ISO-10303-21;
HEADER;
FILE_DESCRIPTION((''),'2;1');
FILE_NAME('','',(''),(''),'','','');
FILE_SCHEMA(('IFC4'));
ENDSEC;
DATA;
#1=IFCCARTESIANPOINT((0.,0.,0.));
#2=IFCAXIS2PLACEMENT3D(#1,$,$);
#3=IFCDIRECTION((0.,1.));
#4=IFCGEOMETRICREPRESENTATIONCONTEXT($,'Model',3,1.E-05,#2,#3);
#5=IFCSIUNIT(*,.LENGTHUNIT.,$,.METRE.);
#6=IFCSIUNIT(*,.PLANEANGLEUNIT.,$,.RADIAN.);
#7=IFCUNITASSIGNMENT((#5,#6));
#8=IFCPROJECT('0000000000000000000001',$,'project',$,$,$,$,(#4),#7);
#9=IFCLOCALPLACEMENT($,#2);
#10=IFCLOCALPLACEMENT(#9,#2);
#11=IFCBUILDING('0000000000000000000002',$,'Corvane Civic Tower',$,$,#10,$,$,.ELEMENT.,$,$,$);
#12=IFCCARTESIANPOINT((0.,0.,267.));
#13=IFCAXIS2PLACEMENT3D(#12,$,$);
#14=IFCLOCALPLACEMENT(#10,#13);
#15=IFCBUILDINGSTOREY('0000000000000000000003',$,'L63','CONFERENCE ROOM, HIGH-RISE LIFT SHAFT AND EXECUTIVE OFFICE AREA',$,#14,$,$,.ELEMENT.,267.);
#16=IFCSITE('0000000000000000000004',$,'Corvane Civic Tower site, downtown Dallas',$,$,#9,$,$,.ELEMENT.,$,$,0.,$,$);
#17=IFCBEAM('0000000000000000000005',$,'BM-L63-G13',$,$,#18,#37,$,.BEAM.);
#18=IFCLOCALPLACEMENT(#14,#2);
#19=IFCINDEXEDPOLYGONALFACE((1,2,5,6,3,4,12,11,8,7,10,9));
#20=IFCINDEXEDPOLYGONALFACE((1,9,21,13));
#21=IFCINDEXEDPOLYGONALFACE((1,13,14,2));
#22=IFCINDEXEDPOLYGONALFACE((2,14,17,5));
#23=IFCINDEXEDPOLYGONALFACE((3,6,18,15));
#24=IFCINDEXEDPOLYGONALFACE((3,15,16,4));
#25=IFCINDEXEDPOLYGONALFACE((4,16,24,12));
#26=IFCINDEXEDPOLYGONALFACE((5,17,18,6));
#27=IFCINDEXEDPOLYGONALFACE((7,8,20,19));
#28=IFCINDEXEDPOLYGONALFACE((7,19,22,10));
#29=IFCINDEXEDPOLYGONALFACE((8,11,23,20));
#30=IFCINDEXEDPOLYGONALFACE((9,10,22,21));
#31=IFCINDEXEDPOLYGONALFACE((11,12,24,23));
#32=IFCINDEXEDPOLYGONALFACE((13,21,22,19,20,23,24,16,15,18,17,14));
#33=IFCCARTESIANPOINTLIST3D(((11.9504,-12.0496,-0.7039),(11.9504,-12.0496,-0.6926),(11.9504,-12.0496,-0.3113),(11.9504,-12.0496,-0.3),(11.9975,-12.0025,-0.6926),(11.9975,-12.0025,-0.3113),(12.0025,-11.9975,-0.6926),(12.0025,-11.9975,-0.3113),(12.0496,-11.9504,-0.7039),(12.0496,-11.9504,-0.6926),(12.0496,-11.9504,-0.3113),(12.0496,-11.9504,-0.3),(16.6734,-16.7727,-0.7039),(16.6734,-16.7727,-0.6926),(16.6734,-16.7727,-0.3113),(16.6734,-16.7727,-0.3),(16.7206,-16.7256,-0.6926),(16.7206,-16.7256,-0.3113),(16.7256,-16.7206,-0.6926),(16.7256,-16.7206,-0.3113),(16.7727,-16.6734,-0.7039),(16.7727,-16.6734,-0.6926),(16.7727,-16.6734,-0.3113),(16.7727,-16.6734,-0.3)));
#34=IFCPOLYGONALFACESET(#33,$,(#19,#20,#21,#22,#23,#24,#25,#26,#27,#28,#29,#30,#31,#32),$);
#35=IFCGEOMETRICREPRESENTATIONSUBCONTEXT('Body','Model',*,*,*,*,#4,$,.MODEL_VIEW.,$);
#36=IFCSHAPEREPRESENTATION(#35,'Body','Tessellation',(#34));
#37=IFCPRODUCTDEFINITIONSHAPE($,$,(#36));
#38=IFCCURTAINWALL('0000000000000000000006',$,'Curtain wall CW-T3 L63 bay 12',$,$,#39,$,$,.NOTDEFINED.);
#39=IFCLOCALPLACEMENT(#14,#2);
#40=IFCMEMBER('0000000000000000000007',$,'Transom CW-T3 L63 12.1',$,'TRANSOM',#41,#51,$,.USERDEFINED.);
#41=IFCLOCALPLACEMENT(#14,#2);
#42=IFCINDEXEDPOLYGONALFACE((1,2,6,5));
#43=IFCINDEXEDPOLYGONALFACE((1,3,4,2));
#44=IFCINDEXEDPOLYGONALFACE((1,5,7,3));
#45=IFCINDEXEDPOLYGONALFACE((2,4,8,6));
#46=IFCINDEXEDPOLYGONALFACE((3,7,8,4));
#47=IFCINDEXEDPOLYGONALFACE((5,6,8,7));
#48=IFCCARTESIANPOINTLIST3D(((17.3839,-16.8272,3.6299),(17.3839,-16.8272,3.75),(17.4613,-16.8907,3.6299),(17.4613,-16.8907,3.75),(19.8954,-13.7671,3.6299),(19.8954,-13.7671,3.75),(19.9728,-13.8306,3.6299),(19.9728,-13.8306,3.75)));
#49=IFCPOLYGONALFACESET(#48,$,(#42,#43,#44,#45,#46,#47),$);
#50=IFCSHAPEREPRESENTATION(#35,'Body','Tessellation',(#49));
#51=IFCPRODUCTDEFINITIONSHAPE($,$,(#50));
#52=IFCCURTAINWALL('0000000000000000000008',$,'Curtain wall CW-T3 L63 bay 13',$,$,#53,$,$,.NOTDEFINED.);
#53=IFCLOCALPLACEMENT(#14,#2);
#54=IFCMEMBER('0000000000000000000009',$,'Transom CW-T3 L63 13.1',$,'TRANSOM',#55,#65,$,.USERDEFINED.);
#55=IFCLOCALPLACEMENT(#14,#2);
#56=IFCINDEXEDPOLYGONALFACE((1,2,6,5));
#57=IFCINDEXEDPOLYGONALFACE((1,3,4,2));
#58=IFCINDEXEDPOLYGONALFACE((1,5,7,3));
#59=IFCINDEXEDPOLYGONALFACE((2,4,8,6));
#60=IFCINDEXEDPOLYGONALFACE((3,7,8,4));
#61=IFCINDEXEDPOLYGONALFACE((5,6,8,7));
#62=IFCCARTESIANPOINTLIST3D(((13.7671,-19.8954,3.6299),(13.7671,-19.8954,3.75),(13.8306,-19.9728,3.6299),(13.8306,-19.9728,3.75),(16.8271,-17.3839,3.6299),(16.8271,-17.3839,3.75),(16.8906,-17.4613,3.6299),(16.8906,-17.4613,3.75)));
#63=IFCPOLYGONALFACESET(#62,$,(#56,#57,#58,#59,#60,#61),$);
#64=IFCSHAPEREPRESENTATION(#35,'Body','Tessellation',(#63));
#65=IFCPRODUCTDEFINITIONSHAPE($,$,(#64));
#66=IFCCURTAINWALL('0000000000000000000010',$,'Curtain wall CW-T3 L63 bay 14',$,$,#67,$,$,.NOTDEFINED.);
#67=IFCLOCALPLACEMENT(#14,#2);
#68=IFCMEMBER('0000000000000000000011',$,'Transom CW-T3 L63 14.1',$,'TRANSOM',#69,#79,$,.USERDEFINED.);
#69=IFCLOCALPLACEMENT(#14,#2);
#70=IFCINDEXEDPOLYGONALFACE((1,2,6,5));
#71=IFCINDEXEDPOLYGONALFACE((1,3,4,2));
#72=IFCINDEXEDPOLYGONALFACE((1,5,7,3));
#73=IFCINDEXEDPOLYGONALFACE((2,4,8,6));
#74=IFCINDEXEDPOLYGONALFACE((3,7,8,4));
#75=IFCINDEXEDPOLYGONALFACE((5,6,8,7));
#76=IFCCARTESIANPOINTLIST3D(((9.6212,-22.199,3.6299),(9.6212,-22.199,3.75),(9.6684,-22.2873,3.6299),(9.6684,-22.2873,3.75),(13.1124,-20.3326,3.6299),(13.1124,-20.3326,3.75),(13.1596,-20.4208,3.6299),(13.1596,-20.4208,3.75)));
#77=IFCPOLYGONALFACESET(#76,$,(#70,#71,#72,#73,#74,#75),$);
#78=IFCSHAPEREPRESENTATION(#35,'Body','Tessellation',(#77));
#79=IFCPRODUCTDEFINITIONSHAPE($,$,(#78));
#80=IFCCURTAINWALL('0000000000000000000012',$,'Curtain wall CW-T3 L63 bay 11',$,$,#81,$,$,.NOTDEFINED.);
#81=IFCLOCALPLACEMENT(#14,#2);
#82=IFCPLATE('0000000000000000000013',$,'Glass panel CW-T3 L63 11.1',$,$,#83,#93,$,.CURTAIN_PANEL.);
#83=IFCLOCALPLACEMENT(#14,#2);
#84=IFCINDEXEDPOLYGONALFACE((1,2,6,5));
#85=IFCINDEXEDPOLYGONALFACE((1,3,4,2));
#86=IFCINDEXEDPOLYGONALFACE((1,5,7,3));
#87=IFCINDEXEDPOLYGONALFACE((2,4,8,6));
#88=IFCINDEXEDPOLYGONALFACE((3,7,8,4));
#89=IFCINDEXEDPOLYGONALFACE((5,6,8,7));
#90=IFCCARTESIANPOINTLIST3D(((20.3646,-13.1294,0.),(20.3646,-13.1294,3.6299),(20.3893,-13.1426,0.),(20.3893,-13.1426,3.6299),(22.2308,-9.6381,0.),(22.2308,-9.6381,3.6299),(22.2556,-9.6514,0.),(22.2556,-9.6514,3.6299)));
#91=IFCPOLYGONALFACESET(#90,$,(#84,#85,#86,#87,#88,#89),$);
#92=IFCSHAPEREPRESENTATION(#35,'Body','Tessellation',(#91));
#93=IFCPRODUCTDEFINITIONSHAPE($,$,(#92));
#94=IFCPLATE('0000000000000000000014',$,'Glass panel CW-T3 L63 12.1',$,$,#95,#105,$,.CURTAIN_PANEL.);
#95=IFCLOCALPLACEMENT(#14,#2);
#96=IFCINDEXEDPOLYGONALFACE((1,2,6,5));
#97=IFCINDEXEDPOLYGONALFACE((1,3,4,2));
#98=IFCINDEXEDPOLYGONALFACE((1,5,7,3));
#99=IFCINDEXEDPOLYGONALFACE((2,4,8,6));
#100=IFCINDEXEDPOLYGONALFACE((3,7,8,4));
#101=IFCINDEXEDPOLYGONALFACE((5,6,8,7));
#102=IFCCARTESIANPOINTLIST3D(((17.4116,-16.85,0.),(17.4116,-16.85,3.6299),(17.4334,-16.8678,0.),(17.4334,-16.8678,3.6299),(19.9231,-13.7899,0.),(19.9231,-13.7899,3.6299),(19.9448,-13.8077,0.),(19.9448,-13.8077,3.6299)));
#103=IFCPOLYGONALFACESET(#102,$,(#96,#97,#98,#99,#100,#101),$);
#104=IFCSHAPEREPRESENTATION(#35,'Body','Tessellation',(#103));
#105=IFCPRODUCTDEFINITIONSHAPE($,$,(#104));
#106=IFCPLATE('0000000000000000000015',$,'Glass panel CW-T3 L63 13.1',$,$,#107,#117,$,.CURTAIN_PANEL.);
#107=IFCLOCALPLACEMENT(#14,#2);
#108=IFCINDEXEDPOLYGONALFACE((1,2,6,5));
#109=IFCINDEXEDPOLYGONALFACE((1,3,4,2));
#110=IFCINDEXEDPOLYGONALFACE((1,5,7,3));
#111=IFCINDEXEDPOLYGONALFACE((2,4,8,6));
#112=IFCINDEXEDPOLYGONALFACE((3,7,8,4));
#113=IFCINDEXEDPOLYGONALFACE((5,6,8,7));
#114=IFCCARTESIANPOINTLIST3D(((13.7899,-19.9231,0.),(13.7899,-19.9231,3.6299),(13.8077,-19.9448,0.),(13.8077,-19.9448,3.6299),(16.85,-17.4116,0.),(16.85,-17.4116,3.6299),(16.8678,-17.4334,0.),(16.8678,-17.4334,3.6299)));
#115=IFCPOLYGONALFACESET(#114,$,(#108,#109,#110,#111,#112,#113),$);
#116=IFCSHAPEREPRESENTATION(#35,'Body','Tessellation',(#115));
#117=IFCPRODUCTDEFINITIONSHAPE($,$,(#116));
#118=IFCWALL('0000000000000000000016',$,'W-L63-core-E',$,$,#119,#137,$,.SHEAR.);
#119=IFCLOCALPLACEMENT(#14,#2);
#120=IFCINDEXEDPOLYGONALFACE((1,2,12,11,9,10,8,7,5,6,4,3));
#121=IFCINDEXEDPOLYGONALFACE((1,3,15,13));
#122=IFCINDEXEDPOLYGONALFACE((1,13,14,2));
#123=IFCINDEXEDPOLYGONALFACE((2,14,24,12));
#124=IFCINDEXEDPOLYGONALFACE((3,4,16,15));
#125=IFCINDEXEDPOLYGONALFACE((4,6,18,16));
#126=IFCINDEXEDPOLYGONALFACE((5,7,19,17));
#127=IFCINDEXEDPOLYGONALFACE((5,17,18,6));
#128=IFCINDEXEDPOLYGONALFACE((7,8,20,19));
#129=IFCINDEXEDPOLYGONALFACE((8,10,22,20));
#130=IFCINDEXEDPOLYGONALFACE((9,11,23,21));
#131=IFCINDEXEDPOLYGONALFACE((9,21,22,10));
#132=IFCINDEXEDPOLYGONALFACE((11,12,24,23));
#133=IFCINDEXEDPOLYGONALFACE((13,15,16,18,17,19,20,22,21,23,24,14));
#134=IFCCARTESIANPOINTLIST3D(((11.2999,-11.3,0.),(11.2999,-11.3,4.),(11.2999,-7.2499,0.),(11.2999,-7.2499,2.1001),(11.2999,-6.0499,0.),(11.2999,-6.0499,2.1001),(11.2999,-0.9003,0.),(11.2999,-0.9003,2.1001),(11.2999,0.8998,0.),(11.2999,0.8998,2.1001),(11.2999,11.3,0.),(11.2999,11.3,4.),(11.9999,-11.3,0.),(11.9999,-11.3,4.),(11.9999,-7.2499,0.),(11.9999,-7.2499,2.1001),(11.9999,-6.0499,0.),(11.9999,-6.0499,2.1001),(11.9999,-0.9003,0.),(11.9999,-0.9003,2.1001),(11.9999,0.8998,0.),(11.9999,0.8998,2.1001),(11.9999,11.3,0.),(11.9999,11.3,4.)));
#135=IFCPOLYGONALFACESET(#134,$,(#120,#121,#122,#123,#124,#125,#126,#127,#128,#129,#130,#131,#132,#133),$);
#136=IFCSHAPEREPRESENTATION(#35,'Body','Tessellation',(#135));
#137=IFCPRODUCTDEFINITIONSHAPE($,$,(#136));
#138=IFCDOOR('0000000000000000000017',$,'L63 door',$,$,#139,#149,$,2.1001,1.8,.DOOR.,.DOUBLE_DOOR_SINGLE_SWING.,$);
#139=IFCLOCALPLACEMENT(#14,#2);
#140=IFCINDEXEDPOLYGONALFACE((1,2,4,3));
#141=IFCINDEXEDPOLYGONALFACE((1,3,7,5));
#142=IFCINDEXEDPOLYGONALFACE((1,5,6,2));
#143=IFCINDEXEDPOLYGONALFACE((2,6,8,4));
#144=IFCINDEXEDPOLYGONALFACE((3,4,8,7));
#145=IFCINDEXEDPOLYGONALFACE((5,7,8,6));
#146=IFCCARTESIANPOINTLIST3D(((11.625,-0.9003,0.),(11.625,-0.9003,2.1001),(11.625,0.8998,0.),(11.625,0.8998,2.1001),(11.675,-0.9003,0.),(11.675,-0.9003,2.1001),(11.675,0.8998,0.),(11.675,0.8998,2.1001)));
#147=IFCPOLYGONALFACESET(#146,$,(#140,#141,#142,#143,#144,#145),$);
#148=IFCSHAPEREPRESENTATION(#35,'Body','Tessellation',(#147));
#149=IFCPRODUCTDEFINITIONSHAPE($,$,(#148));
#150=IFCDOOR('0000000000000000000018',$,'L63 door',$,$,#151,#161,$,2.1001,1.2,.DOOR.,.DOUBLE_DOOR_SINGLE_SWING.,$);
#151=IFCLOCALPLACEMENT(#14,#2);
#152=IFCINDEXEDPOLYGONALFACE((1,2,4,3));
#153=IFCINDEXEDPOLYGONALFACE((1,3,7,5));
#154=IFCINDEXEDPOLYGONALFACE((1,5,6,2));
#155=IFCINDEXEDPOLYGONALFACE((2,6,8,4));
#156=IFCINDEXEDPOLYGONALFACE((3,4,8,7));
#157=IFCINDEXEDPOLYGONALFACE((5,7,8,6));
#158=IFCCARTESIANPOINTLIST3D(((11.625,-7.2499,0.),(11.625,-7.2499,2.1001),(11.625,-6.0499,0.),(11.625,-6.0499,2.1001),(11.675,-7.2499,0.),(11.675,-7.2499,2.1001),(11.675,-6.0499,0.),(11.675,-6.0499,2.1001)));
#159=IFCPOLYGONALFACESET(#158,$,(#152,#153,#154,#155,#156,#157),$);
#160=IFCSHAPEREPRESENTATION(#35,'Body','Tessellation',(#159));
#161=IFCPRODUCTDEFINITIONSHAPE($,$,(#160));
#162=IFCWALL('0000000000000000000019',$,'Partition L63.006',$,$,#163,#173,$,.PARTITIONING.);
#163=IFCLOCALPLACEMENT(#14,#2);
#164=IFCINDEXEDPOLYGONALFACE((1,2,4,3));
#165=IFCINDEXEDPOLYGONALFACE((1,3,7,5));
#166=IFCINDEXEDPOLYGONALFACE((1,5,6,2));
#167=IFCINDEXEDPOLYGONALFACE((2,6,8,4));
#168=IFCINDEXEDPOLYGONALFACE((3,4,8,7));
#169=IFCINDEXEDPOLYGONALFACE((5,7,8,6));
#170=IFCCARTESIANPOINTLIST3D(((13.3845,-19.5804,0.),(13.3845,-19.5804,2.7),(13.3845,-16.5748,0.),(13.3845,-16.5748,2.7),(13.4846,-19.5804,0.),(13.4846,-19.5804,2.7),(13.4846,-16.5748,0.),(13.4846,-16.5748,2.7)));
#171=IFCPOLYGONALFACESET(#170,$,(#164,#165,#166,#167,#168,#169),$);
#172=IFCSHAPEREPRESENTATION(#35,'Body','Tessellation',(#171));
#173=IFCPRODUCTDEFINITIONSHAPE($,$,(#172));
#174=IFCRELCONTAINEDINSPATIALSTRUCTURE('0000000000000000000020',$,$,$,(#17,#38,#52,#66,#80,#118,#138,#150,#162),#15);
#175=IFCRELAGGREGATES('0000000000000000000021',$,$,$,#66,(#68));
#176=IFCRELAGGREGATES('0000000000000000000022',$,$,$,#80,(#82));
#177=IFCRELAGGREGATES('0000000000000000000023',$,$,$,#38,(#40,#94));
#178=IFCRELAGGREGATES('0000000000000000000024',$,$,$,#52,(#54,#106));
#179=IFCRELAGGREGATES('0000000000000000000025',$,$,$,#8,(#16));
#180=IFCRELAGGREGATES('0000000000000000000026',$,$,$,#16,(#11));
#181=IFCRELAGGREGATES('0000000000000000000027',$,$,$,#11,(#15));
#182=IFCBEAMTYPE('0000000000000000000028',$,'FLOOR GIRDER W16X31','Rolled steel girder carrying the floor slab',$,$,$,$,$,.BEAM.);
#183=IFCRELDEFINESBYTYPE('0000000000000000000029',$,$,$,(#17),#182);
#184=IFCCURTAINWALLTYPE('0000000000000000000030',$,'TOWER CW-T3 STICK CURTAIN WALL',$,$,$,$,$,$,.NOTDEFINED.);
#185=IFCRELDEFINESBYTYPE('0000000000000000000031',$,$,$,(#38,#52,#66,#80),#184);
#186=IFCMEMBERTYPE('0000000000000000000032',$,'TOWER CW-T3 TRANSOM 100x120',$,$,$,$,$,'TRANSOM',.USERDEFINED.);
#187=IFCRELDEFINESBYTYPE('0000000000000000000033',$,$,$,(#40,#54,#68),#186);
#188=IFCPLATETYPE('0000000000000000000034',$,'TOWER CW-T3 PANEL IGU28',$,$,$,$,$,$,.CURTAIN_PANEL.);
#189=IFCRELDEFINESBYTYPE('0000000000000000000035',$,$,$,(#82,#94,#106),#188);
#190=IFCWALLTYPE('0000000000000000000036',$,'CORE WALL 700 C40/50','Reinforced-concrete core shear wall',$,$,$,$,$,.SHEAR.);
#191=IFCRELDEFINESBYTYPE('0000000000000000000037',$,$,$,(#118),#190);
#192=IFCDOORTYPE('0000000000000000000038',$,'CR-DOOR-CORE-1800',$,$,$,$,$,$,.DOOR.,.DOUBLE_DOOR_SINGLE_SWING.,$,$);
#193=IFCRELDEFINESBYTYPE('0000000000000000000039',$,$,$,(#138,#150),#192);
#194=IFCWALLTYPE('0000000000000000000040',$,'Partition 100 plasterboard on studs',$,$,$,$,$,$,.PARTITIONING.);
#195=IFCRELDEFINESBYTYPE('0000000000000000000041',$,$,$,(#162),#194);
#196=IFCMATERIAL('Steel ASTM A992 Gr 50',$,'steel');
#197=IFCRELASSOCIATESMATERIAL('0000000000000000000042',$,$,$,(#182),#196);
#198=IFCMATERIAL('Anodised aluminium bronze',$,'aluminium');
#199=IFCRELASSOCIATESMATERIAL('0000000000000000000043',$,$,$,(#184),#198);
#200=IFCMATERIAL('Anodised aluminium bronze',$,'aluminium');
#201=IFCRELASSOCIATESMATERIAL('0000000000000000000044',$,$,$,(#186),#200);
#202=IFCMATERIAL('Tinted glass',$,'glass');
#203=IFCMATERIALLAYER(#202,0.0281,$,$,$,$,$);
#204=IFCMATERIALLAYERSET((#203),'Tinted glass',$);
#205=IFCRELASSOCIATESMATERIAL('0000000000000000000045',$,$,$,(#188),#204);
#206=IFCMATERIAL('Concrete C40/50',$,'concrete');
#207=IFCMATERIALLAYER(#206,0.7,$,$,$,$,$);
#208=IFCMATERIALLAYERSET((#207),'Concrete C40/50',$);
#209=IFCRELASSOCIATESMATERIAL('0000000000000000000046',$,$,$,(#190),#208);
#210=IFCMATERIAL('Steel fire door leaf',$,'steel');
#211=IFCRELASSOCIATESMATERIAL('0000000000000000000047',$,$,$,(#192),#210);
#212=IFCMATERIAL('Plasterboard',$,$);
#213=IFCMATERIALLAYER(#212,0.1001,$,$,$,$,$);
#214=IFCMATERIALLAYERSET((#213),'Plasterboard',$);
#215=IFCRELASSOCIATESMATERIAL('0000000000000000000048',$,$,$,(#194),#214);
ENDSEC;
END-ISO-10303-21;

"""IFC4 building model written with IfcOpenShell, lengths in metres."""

from ifc_helpers import new_model, si_unit, direction, frame, frame_2d, origin, origin_2d, place, context, subcontext, project, spatial, rectangle, i_section, extrude, material, layer, layer_set, material_profile, profile_set, type_object, element, fill, aggregate, save


model = new_model("IFC4")

# Units and contexts
model_context = context("Model", 3, precision=1e-05, world=origin(), true_north=direction((0.0, 1.0)))
body_context = subcontext(model_context, "Body", "Model", "MODEL_VIEW")
ifc_project = project(units=[si_unit("LENGTHUNIT", "METRE"), si_unit("PLANEANGLEUNIT", "RADIAN")], contexts=[model_context])

# Site, building, storey
site_placement = place(None, origin())
site = spatial("IfcSite", under=ifc_project, at=site_placement, Name="Corvane Civic Tower site, downtown Dallas", CompositionType="ELEMENT", RefElevation=0.0)
building_placement = place(site_placement, origin())
building = spatial("IfcBuilding", under=site, at=building_placement, Name="Corvane Civic Tower", CompositionType="ELEMENT")
storey_placement = place(building_placement, frame((0.0, 0.0, 267.0)))
storey = spatial("IfcBuildingStorey", under=building, at=storey_placement, Name="L63", Description="CONFERENCE ROOM, HIGH-RISE LIFT SHAFT AND EXECUTIVE OFFICE AREA", CompositionType="ELEMENT", Elevation=267.0)

# Beam
ifc_material_1 = material(Name="Steel ASTM A992 Gr 50", Category="steel")
ifc_material_profile_1 = material_profile(ifc_material_1, i_section(OverallWidth=0.1404, OverallDepth=0.4038, WebThickness=0.0071, FlangeThickness=0.0112, at=origin_2d()), Name="W16X31")
ifc_profile_set_1 = profile_set([ifc_material_profile_1], Name="Steel ASTM A992 Gr 50")
beam_type_1 = type_object("IfcBeamType", Name="FLOOR GIRDER W16X31", Description="Rolled steel girder carrying the floor slab", PredefinedType="BEAM", material=ifc_profile_set_1)
beam_1_placement = place(storey_placement, frame((12.0, -12.0, -0.502), z_axis=(0.707107, -0.707107, 0.0), x_axis=(0.707107, 0.707107, 0.0)))
element("IfcBeam", 1, at=beam_1_placement, inside=storey, type_object=beam_type_1, Name="BM-L63-G13", PredefinedType="BEAM", context=body_context, shape_type="SweptSolid", body=[
    extrude(i_section(OverallWidth=0.1404, OverallDepth=0.4038, WebThickness=0.0071, FlangeThickness=0.0112, at=origin_2d()), origin(), (0.0, 0.0, 1.0), 6.6794),
])

# Curtain walls, members
ifc_material_2 = material(Name="Anodised aluminium bronze", Category="aluminium")
curtain_wall_type = type_object("IfcCurtainWallType", Name="TOWER CW-T3 STICK CURTAIN WALL", PredefinedType="NOTDEFINED", material=ifc_material_2)
curtain_wall_1_placement = place(storey_placement, origin())
curtain_wall_1 = element("IfcCurtainWall", 2, at=curtain_wall_1_placement, inside=storey, type_object=curtain_wall_type, Name="Curtain wall CW-T3 L63 bay 12", PredefinedType="NOTDEFINED")
ifc_material_3 = material(Name="Anodised aluminium bronze", Category="aluminium")
ifc_material_profile_2 = material_profile(ifc_material_3, rectangle(XDim=0.1001, YDim=0.1201, at=origin_2d()), Name="TOWER CW-T3 TRANSOM 100x120")
ifc_profile_set_2 = profile_set([ifc_material_profile_2], Name="Anodised aluminium bronze")
member_type = type_object("IfcMemberType", Name="TOWER CW-T3 TRANSOM 100x120", ElementType="TRANSOM", PredefinedType="USERDEFINED", material=ifc_profile_set_2)
member_1_placement = place(storey_placement, frame((19.9341, -13.7988, 3.6899), z_axis=(-0.634416, -0.772992, 0.0), x_axis=(0.772992, -0.634416, 0.0)))
member_1 = element("IfcMember", 3, at=member_1_placement, type_object=member_type, Name="Transom CW-T3 L63 12.1", ObjectType="TRANSOM", PredefinedType="USERDEFINED", context=body_context, shape_type="SweptSolid", body=[
    extrude(rectangle(XDim=0.1001, YDim=0.1201, at=origin_2d()), origin(), (0.0, 0.0, 1.0), 3.9587),
])
curtain_wall_2_placement = place(storey_placement, origin())
curtain_wall_2 = element("IfcCurtainWall", 4, at=curtain_wall_2_placement, inside=storey, type_object=curtain_wall_type, Name="Curtain wall CW-T3 L63 bay 13", PredefinedType="NOTDEFINED")
member_2_placement = place(storey_placement, frame((16.8589, -17.4226, 3.6899), z_axis=(-0.772992, -0.634416, 0.0), x_axis=(0.634416, -0.772992, 0.0)))
member_2 = element("IfcMember", 5, at=member_2_placement, type_object=member_type, Name="Transom CW-T3 L63 13.1", ObjectType="TRANSOM", PredefinedType="USERDEFINED", context=body_context, shape_type="SweptSolid", body=[
    extrude(rectangle(XDim=0.1001, YDim=0.1201, at=origin_2d()), origin(), (0.0, 0.0, 1.0), 3.9587),
])
curtain_wall_3_placement = place(storey_placement, origin())
curtain_wall_3 = element("IfcCurtainWall", 6, at=curtain_wall_3_placement, inside=storey, type_object=curtain_wall_type, Name="Curtain wall CW-T3 L63 bay 14", PredefinedType="NOTDEFINED")
member_3_placement = place(storey_placement, frame((13.136, -20.3767, 3.6899), z_axis=(-0.881883, -0.471468, 0.0), x_axis=(0.471468, -0.881883, 0.0)))
member_3 = element("IfcMember", 7, at=member_3_placement, type_object=member_type, Name="Transom CW-T3 L63 14.1", ObjectType="TRANSOM", PredefinedType="USERDEFINED", context=body_context, shape_type="SweptSolid", body=[
    extrude(rectangle(XDim=0.1001, YDim=0.1201, at=origin_2d()), origin(), (0.0, 0.0, 1.0), 3.9587),
])
aggregate(curtain_wall_3, [member_3])

# Curtain wall, plate
curtain_wall_4_placement = place(storey_placement, origin())
curtain_wall_4 = element("IfcCurtainWall", 8, at=curtain_wall_4_placement, inside=storey, type_object=curtain_wall_type, Name="Curtain wall CW-T3 L63 bay 11", PredefinedType="NOTDEFINED")
ifc_material_4 = material(Name="Tinted glass", Category="glass")
ifc_layer_1 = layer(ifc_material_4, 0.0281)
ifc_layer_set_1 = layer_set([ifc_layer_1], Name="Tinted glass")
plate_type = type_object("IfcPlateType", Name="TOWER CW-T3 PANEL IGU28", PredefinedType="CURTAIN_PANEL", material=ifc_layer_set_1)
plate_1_placement = place(storey_placement, frame((21.3101, -11.3904, 0.0), z_axis=(0.0, 0.0, 1.0), x_axis=(-0.471421, -0.881908, 0.0)))
plate_1 = element("IfcPlate", 9, at=plate_1_placement, type_object=plate_type, Name="Glass panel CW-T3 L63 11.1", PredefinedType="CURTAIN_PANEL", context=body_context, shape_type="SweptSolid", body=[
    extrude(rectangle(XDim=3.9587, YDim=0.0281, at=origin_2d()), origin(), (0.0, 0.0, 1.0), 3.6299),
])
aggregate(curtain_wall_4, [plate_1])

# Plates
plate_2_placement = place(storey_placement, frame((18.6782, -15.3289, 0.0), z_axis=(0.0, 0.0, 1.0), x_axis=(-0.634405, -0.773001, 0.0)))
plate_2 = element("IfcPlate", 10, at=plate_2_placement, type_object=plate_type, Name="Glass panel CW-T3 L63 12.1", PredefinedType="CURTAIN_PANEL", context=body_context, shape_type="SweptSolid", body=[
    extrude(rectangle(XDim=3.9587, YDim=0.0281, at=origin_2d()), origin(), (0.0, 0.0, 1.0), 3.6299),
])
aggregate(curtain_wall_1, [member_1, plate_2])
plate_3_placement = place(storey_placement, frame((15.3289, -18.6782, 0.0), z_axis=(0.0, 0.0, 1.0), x_axis=(-0.773001, -0.634405, 0.0)))
plate_3 = element("IfcPlate", 11, at=plate_3_placement, type_object=plate_type, Name="Glass panel CW-T3 L63 13.1", PredefinedType="CURTAIN_PANEL", context=body_context, shape_type="SweptSolid", body=[
    extrude(rectangle(XDim=3.9587, YDim=0.0281, at=origin_2d()), origin(), (0.0, 0.0, 1.0), 3.6299),
])
aggregate(curtain_wall_2, [member_2, plate_3])

# Wall, openings, doors
ifc_material_5 = material(Name="Concrete C40/50", Category="concrete")
ifc_layer_2 = layer(ifc_material_5, 0.7)
ifc_layer_set_2 = layer_set([ifc_layer_2], Name="Concrete C40/50")
wall_type_1 = type_object("IfcWallType", Name="CORE WALL 700 C40/50", Description="Reinforced-concrete core shear wall", PredefinedType="SHEAR", material=ifc_layer_set_2)
wall_1_placement = place(storey_placement, frame((11.6499, -11.3, 0.0), z_axis=(0.0, 0.0, 1.0), x_axis=(0.0, 1.0, 0.0)))
wall_1 = element("IfcWall", 12, at=wall_1_placement, inside=storey, type_object=wall_type_1, Name="W-L63-core-E", PredefinedType="SHEAR", context=body_context, shape_type="SweptSolid", body=[
    extrude(rectangle(XDim=22.6001, YDim=0.7, at=frame_2d((11.3, 0.0))), origin(), (0.0, 0.0, 1.0), 4.0),
])
opening_1_placement = place(wall_1_placement, frame((10.3999, 0.0, 0.0)))
opening_1 = element("IfcOpeningElement", 13, at=opening_1_placement, cuts=wall_1, PredefinedType="OPENING", context=body_context, shape_type="SweptSolid", body=[
    extrude(rectangle(XDim=1.8, YDim=2.1001, at=frame_2d((0.8999, 1.05))), frame((0.0, 0.3599, 0.0), z_axis=(0.0, -1.0, 0.0), x_axis=(1.0, 0.0, 0.0)), (0.0, 0.0, 1.0), 0.72),
])
opening_2_placement = place(wall_1_placement, frame((4.05, 0.0, 0.0)))
opening_2 = element("IfcOpeningElement", 14, at=opening_2_placement, cuts=wall_1, PredefinedType="OPENING", context=body_context, shape_type="SweptSolid", body=[
    extrude(rectangle(XDim=1.2, YDim=2.1001, at=frame_2d((0.6001, 1.05))), frame((0.0, 0.3599, 0.0), z_axis=(0.0, -1.0, 0.0), x_axis=(1.0, 0.0, 0.0)), (0.0, 0.0, 1.0), 0.72),
])
ifc_material_6 = material(Name="Steel fire door leaf", Category="steel")
door_type_1 = type_object("IfcDoorType", Name="CR-DOOR-CORE-1800", OperationType="DOUBLE_DOOR_SINGLE_SWING", PredefinedType="DOOR", material=ifc_material_6)
door_1_placement = place(opening_1_placement, origin())
door_1 = element("IfcDoor", 15, at=door_1_placement, inside=storey, type_object=door_type_1, Name="L63 door", OperationType="DOUBLE_DOOR_SINGLE_SWING", OverallHeight=2.1001, OverallWidth=1.8, PredefinedType="DOOR", context=body_context, shape_type="SweptSolid", body=[
    extrude(rectangle(XDim=1.8, YDim=2.1001, at=frame_2d((0.8999, 1.05))), frame((0.0, 0.0249, 0.0), z_axis=(0.0, -1.0, 0.0), x_axis=(1.0, 0.0, 0.0)), (0.0, 0.0, 1.0), 0.05),
])
fill(opening_1, door_1)
door_2_placement = place(opening_2_placement, origin())
door_2 = element("IfcDoor", 16, at=door_2_placement, inside=storey, type_object=door_type_1, Name="L63 door", OperationType="DOUBLE_DOOR_SINGLE_SWING", OverallHeight=2.1001, OverallWidth=1.2, PredefinedType="DOOR", context=body_context, shape_type="SweptSolid", body=[
    extrude(rectangle(XDim=1.2, YDim=2.1001, at=frame_2d((0.6001, 1.05))), frame((0.0, 0.0249, 0.0), z_axis=(0.0, -1.0, 0.0), x_axis=(1.0, 0.0, 0.0)), (0.0, 0.0, 1.0), 0.05),
])
fill(opening_2, door_2)

# Wall
ifc_material_7 = material(Name="Plasterboard")
ifc_layer_3 = layer(ifc_material_7, 0.1001)
ifc_layer_set_3 = layer_set([ifc_layer_3], Name="Plasterboard")
wall_type_2 = type_object("IfcWallType", Name="Partition 100 plasterboard on studs", PredefinedType="PARTITIONING", material=ifc_layer_set_3)
wall_2_placement = place(storey_placement, frame((13.4346, -19.5806, 0.0), z_axis=(0.0, 0.0, 1.0), x_axis=(0.0, 1.0, 0.0)))
element("IfcWall", 17, at=wall_2_placement, inside=storey, type_object=wall_type_2, Name="Partition L63.006", PredefinedType="PARTITIONING", context=body_context, shape_type="SweptSolid", body=[
    extrude(rectangle(XDim=3.0056, YDim=0.1001, at=frame_2d((1.5029, 0.0))), origin(), (0.0, 0.0, 1.0), 2.7),
])

save(model, "model.ifc")
